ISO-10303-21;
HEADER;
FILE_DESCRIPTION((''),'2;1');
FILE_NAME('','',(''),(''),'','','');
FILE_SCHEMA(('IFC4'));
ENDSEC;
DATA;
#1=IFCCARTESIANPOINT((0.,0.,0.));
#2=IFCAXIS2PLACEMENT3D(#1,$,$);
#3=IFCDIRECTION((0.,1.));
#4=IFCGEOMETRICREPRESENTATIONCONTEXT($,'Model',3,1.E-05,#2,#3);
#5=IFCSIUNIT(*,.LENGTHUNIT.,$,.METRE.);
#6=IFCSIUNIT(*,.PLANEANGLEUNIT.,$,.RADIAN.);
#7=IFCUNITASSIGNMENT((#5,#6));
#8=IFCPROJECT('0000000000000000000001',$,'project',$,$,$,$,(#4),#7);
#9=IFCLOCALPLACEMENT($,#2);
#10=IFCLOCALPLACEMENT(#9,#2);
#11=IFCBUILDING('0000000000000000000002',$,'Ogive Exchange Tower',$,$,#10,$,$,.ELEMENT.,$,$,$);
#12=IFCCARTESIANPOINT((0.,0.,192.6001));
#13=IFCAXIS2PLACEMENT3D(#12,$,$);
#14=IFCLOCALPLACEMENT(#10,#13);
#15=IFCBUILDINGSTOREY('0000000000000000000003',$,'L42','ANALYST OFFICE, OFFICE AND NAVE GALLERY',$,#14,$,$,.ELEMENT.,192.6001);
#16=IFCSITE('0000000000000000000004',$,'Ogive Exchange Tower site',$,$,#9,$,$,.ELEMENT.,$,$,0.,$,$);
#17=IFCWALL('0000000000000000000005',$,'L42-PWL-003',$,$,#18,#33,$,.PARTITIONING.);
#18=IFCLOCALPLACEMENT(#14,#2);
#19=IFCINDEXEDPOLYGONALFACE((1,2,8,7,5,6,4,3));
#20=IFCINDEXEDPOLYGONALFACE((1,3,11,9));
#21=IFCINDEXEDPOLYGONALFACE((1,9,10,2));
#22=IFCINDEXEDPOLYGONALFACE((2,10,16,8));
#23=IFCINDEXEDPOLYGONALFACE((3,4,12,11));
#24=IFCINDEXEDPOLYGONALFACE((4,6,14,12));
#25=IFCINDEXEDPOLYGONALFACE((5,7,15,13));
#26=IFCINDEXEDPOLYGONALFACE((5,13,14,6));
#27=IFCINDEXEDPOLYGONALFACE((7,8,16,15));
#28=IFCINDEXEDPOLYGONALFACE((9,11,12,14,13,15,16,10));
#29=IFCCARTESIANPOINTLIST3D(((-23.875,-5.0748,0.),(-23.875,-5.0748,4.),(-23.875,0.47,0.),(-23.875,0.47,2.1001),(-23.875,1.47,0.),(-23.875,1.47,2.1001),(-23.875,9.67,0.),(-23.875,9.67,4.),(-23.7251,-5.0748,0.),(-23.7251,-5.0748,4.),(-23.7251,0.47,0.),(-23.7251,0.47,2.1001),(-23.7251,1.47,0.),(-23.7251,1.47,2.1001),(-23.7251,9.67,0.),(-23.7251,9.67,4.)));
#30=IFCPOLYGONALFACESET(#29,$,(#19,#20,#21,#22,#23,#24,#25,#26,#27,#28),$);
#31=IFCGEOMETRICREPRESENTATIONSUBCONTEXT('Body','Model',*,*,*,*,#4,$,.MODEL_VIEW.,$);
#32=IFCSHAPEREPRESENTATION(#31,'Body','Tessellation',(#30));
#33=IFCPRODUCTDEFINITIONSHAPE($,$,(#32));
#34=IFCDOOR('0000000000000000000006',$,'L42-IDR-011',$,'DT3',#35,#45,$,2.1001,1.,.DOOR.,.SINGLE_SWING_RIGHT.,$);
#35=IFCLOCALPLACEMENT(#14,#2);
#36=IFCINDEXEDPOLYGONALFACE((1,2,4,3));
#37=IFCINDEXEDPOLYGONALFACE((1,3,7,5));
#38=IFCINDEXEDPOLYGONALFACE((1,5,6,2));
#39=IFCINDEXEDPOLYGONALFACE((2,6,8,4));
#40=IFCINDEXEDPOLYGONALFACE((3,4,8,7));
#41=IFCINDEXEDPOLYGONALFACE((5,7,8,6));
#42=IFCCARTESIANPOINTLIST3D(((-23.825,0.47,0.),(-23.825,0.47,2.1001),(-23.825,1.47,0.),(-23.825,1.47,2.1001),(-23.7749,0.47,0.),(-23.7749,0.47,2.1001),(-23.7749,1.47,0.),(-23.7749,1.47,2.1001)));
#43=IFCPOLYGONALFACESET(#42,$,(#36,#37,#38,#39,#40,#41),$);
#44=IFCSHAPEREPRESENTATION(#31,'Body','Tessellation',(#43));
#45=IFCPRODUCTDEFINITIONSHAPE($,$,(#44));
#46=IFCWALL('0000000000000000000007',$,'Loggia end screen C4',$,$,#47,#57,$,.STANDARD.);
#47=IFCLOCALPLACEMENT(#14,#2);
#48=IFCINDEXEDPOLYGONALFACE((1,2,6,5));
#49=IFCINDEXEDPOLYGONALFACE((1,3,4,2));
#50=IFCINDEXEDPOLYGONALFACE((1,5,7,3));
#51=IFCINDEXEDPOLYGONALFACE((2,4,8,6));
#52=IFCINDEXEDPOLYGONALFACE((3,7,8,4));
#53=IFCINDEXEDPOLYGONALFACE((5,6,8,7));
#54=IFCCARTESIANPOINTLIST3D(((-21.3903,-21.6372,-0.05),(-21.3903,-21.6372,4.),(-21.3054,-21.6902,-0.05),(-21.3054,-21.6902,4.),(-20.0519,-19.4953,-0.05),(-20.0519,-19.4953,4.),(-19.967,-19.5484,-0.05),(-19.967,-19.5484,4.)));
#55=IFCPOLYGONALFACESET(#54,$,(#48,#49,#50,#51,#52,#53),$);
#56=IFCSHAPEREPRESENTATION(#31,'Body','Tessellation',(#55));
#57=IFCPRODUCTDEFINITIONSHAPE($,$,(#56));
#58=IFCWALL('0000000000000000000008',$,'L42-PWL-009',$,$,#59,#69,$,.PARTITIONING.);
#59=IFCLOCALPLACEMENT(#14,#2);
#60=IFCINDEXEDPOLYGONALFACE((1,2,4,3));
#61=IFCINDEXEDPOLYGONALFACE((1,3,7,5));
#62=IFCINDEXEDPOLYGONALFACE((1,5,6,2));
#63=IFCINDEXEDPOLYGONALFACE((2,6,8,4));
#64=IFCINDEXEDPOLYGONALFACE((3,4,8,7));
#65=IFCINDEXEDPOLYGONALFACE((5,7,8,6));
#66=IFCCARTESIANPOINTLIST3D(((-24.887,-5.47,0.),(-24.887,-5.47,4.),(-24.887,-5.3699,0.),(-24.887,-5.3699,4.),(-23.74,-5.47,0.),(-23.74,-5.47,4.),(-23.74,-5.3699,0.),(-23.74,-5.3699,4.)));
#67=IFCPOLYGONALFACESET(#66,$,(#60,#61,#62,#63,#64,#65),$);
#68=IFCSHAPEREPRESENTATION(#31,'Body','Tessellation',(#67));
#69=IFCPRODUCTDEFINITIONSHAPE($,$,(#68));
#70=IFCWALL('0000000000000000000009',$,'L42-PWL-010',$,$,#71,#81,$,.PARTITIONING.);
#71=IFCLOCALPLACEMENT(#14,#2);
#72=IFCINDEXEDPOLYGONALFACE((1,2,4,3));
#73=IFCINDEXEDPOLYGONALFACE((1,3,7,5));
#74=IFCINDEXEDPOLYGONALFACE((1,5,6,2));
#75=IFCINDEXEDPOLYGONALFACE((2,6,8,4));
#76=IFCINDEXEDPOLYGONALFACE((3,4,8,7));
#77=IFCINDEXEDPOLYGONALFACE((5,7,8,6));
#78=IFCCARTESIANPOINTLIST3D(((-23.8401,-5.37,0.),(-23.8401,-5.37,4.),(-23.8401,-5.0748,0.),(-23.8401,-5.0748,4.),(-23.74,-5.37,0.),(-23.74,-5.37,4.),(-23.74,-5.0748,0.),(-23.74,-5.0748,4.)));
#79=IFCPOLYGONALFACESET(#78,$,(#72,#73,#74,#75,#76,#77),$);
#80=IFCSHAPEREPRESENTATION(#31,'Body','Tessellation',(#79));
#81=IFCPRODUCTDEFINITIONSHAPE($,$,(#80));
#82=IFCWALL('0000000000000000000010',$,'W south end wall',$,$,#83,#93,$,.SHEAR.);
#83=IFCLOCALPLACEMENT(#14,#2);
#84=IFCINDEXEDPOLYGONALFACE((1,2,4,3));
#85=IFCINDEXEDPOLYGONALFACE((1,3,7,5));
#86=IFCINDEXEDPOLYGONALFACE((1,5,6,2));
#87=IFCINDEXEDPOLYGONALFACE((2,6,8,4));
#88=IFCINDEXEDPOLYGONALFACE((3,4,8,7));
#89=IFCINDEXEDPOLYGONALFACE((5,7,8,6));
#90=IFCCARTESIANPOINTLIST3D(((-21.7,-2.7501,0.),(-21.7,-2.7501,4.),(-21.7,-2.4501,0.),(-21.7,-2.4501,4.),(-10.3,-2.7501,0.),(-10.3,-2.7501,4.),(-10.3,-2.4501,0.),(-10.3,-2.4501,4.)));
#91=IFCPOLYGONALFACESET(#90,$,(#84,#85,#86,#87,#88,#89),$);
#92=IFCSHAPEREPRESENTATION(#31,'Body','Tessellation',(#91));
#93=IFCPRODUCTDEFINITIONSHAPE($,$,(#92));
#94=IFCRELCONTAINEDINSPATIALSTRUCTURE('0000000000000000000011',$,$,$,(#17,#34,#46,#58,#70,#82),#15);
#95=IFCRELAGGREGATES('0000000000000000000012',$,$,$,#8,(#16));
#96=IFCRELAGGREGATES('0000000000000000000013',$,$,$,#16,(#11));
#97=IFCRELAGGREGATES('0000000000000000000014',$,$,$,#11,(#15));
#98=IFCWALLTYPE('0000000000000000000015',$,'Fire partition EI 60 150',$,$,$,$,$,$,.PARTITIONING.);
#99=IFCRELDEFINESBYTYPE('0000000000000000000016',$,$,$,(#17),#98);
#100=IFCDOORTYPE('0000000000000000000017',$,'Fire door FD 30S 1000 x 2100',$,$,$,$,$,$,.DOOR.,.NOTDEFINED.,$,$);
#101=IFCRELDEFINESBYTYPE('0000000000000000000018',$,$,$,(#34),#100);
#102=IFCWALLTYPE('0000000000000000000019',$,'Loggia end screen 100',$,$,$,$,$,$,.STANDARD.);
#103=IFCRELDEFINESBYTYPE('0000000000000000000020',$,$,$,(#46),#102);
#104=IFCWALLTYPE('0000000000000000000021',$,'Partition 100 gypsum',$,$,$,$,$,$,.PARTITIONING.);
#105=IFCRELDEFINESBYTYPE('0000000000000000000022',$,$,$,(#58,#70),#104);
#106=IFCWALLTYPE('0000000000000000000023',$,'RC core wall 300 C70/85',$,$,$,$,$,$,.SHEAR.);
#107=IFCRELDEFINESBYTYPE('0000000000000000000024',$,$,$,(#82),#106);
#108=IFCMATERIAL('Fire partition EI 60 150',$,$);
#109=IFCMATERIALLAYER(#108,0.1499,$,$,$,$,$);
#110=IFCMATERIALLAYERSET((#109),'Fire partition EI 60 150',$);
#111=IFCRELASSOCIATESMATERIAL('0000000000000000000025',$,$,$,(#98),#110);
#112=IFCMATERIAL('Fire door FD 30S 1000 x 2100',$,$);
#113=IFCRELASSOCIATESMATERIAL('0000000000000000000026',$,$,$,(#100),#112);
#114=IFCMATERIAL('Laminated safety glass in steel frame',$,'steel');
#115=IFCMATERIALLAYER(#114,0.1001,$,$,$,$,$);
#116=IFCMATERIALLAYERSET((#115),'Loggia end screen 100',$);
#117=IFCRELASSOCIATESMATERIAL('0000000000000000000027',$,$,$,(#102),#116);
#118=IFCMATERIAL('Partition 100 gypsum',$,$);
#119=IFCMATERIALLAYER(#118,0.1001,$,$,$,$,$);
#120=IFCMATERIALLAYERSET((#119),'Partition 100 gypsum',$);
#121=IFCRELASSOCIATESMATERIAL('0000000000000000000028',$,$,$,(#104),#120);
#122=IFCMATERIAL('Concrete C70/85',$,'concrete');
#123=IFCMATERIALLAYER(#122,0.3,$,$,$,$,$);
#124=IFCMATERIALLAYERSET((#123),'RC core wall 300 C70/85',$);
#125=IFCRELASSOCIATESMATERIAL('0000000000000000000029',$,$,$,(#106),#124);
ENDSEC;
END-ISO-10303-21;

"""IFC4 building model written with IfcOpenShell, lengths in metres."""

from ifc_helpers import new_model, si_unit, direction, frame, frame_2d, origin, place, context, subcontext, project, spatial, rectangle, extrude, material, layer, layer_set, type_object, element, fill, save


model = new_model("IFC4")

# Units and contexts
model_context = context("Model", 3, precision=1e-05, world=origin(), true_north=direction((0.0, 1.0)))
body_context = subcontext(model_context, "Body", "Model", "MODEL_VIEW")
ifc_project = project(units=[si_unit("LENGTHUNIT", "METRE"), si_unit("PLANEANGLEUNIT", "RADIAN")], contexts=[model_context])

# Site, building, storey
site_placement = place(None, origin())
site = spatial("IfcSite", under=ifc_project, at=site_placement, Name="Ogive Exchange Tower site", CompositionType="ELEMENT", RefElevation=0.0)
building_placement = place(site_placement, origin())
building = spatial("IfcBuilding", under=site, at=building_placement, Name="Ogive Exchange Tower", CompositionType="ELEMENT")
storey_placement = place(building_placement, frame((0.0, 0.0, 192.6001)))
storey = spatial("IfcBuildingStorey", under=building, at=storey_placement, Name="L42", Description="ANALYST OFFICE, OFFICE AND NAVE GALLERY", CompositionType="ELEMENT", Elevation=192.6001)

# Wall, opening, door
ifc_material_1 = material(Name="Fire partition EI 60 150")
ifc_layer_1 = layer(ifc_material_1, 0.1499)
ifc_layer_set_1 = layer_set([ifc_layer_1], Name="Fire partition EI 60 150")
wall_type_1 = type_object("IfcWallType", Name="Fire partition EI 60 150", PredefinedType="PARTITIONING", material=ifc_layer_set_1)
wall_1_placement = place(storey_placement, frame((-23.8, -5.075, 0.0), z_axis=(0.0, 0.0, 1.0), x_axis=(0.0, 1.0, 0.0)))
wall_1 = element("IfcWall", 1, at=wall_1_placement, inside=storey, type_object=wall_type_1, Name="L42-PWL-003", PredefinedType="PARTITIONING", context=body_context, shape_type="SweptSolid", body=[
    extrude(rectangle(XDim=14.7449, YDim=0.1499, at=frame_2d((7.3726, 0.0))), origin(), (0.0, 0.0, 1.0), 4.0),
])
opening_placement = place(wall_1_placement, frame((5.5449, 0.0, 0.0)))
opening = element("IfcOpeningElement", 2, at=opening_placement, cuts=wall_1, PredefinedType="OPENING", context=body_context, shape_type="SweptSolid", body=[
    extrude(rectangle(XDim=1.0, YDim=2.1001, at=frame_2d((0.5, 1.05))), frame((0.0, 0.085, 0.0), z_axis=(0.0, -1.0, 0.0), x_axis=(1.0, 0.0, 0.0)), (0.0, 0.0, 1.0), 0.1699),
])
ifc_material_2 = material(Name="Fire door FD 30S 1000 x 2100")
door_type = type_object("IfcDoorType", Name="Fire door FD 30S 1000 x 2100", OperationType="NOTDEFINED", PredefinedType="DOOR", material=ifc_material_2)
door_placement = place(opening_placement, origin())
door = element("IfcDoor", 3, at=door_placement, inside=storey, type_object=door_type, Name="L42-IDR-011", ObjectType="DT3", OperationType="SINGLE_SWING_RIGHT", OverallHeight=2.1001, OverallWidth=1.0, PredefinedType="DOOR", context=body_context, shape_type="SweptSolid", body=[
    extrude(rectangle(XDim=1.0, YDim=2.1001, at=frame_2d((0.5, 1.05))), frame((0.0, 0.0249, 0.0), z_axis=(0.0, -1.0, 0.0), x_axis=(1.0, 0.0, 0.0)), (0.0, 0.0, 1.0), 0.05),
])
fill(opening, door)

# Walls
ifc_material_3 = material(Name="Laminated safety glass in steel frame", Category="steel")
ifc_layer_2 = layer(ifc_material_3, 0.1001)
ifc_layer_set_2 = layer_set([ifc_layer_2], Name="Loggia end screen 100")
wall_type_2 = type_object("IfcWallType", Name="Loggia end screen 100", PredefinedType="STANDARD", material=ifc_layer_set_2)
wall_2_placement = place(storey_placement, frame((-20.0095, -19.522, -0.05), z_axis=(0.0, 0.0, 1.0), x_axis=(-0.529921, -0.848047, 0.0)))
element("IfcWall", 4, at=wall_2_placement, inside=storey, type_object=wall_type_2, Name="Loggia end screen C4", PredefinedType="STANDARD", context=body_context, shape_type="SweptSolid", body=[
    extrude(rectangle(XDim=2.5256, YDim=0.1001, at=frame_2d((1.2627, 0.0))), origin(), (0.0, 0.0, 1.0), 4.05),
])
ifc_material_4 = material(Name="Partition 100 gypsum")
ifc_layer_3 = layer(ifc_material_4, 0.1001)
ifc_layer_set_3 = layer_set([ifc_layer_3], Name="Partition 100 gypsum")
wall_type_3 = type_object("IfcWallType", Name="Partition 100 gypsum", PredefinedType="PARTITIONING", material=ifc_layer_set_3)
wall_3_placement = place(storey_placement, frame((-23.74, -5.4199, 0.0), z_axis=(0.0, 0.0, 1.0), x_axis=(-1.0, 0.0, 0.0)))
element("IfcWall", 5, at=wall_3_placement, inside=storey, type_object=wall_type_3, Name="L42-PWL-009", PredefinedType="PARTITIONING", context=body_context, shape_type="SweptSolid", body=[
    extrude(rectangle(XDim=1.147, YDim=0.1001, at=frame_2d((0.5735, 0.0))), origin(), (0.0, 0.0, 1.0), 4.0),
])
wall_4_placement = place(storey_placement, frame((-23.79, -5.075, 0.0), z_axis=(0.0, 0.0, 1.0), x_axis=(0.0, -1.0, 0.0)))
element("IfcWall", 6, at=wall_4_placement, inside=storey, type_object=wall_type_3, Name="L42-PWL-010", PredefinedType="PARTITIONING", context=body_context, shape_type="SweptSolid", body=[
    extrude(rectangle(XDim=0.2952, YDim=0.1001, at=frame_2d((0.1475, 0.0))), origin(), (0.0, 0.0, 1.0), 4.0),
])
ifc_material_5 = material(Name="Concrete C70/85", Category="concrete")
ifc_layer_4 = layer(ifc_material_5, 0.3)
ifc_layer_set_4 = layer_set([ifc_layer_4], Name="RC core wall 300 C70/85")
wall_type_4 = type_object("IfcWallType", Name="RC core wall 300 C70/85", PredefinedType="SHEAR", material=ifc_layer_set_4)
wall_5_placement = place(storey_placement, frame((-21.7, -2.6001, 0.0), z_axis=(0.0, 0.0, 1.0), x_axis=(1.0, 0.0, 0.0)))
element("IfcWall", 7, at=wall_5_placement, inside=storey, type_object=wall_type_4, Name="W south end wall", PredefinedType="SHEAR", context=body_context, shape_type="SweptSolid", body=[
    extrude(rectangle(XDim=11.3999, YDim=0.3, at=frame_2d((5.7, 0.0))), origin(), (0.0, 0.0, 1.0), 4.0),
])

save(model, "model.ifc")
